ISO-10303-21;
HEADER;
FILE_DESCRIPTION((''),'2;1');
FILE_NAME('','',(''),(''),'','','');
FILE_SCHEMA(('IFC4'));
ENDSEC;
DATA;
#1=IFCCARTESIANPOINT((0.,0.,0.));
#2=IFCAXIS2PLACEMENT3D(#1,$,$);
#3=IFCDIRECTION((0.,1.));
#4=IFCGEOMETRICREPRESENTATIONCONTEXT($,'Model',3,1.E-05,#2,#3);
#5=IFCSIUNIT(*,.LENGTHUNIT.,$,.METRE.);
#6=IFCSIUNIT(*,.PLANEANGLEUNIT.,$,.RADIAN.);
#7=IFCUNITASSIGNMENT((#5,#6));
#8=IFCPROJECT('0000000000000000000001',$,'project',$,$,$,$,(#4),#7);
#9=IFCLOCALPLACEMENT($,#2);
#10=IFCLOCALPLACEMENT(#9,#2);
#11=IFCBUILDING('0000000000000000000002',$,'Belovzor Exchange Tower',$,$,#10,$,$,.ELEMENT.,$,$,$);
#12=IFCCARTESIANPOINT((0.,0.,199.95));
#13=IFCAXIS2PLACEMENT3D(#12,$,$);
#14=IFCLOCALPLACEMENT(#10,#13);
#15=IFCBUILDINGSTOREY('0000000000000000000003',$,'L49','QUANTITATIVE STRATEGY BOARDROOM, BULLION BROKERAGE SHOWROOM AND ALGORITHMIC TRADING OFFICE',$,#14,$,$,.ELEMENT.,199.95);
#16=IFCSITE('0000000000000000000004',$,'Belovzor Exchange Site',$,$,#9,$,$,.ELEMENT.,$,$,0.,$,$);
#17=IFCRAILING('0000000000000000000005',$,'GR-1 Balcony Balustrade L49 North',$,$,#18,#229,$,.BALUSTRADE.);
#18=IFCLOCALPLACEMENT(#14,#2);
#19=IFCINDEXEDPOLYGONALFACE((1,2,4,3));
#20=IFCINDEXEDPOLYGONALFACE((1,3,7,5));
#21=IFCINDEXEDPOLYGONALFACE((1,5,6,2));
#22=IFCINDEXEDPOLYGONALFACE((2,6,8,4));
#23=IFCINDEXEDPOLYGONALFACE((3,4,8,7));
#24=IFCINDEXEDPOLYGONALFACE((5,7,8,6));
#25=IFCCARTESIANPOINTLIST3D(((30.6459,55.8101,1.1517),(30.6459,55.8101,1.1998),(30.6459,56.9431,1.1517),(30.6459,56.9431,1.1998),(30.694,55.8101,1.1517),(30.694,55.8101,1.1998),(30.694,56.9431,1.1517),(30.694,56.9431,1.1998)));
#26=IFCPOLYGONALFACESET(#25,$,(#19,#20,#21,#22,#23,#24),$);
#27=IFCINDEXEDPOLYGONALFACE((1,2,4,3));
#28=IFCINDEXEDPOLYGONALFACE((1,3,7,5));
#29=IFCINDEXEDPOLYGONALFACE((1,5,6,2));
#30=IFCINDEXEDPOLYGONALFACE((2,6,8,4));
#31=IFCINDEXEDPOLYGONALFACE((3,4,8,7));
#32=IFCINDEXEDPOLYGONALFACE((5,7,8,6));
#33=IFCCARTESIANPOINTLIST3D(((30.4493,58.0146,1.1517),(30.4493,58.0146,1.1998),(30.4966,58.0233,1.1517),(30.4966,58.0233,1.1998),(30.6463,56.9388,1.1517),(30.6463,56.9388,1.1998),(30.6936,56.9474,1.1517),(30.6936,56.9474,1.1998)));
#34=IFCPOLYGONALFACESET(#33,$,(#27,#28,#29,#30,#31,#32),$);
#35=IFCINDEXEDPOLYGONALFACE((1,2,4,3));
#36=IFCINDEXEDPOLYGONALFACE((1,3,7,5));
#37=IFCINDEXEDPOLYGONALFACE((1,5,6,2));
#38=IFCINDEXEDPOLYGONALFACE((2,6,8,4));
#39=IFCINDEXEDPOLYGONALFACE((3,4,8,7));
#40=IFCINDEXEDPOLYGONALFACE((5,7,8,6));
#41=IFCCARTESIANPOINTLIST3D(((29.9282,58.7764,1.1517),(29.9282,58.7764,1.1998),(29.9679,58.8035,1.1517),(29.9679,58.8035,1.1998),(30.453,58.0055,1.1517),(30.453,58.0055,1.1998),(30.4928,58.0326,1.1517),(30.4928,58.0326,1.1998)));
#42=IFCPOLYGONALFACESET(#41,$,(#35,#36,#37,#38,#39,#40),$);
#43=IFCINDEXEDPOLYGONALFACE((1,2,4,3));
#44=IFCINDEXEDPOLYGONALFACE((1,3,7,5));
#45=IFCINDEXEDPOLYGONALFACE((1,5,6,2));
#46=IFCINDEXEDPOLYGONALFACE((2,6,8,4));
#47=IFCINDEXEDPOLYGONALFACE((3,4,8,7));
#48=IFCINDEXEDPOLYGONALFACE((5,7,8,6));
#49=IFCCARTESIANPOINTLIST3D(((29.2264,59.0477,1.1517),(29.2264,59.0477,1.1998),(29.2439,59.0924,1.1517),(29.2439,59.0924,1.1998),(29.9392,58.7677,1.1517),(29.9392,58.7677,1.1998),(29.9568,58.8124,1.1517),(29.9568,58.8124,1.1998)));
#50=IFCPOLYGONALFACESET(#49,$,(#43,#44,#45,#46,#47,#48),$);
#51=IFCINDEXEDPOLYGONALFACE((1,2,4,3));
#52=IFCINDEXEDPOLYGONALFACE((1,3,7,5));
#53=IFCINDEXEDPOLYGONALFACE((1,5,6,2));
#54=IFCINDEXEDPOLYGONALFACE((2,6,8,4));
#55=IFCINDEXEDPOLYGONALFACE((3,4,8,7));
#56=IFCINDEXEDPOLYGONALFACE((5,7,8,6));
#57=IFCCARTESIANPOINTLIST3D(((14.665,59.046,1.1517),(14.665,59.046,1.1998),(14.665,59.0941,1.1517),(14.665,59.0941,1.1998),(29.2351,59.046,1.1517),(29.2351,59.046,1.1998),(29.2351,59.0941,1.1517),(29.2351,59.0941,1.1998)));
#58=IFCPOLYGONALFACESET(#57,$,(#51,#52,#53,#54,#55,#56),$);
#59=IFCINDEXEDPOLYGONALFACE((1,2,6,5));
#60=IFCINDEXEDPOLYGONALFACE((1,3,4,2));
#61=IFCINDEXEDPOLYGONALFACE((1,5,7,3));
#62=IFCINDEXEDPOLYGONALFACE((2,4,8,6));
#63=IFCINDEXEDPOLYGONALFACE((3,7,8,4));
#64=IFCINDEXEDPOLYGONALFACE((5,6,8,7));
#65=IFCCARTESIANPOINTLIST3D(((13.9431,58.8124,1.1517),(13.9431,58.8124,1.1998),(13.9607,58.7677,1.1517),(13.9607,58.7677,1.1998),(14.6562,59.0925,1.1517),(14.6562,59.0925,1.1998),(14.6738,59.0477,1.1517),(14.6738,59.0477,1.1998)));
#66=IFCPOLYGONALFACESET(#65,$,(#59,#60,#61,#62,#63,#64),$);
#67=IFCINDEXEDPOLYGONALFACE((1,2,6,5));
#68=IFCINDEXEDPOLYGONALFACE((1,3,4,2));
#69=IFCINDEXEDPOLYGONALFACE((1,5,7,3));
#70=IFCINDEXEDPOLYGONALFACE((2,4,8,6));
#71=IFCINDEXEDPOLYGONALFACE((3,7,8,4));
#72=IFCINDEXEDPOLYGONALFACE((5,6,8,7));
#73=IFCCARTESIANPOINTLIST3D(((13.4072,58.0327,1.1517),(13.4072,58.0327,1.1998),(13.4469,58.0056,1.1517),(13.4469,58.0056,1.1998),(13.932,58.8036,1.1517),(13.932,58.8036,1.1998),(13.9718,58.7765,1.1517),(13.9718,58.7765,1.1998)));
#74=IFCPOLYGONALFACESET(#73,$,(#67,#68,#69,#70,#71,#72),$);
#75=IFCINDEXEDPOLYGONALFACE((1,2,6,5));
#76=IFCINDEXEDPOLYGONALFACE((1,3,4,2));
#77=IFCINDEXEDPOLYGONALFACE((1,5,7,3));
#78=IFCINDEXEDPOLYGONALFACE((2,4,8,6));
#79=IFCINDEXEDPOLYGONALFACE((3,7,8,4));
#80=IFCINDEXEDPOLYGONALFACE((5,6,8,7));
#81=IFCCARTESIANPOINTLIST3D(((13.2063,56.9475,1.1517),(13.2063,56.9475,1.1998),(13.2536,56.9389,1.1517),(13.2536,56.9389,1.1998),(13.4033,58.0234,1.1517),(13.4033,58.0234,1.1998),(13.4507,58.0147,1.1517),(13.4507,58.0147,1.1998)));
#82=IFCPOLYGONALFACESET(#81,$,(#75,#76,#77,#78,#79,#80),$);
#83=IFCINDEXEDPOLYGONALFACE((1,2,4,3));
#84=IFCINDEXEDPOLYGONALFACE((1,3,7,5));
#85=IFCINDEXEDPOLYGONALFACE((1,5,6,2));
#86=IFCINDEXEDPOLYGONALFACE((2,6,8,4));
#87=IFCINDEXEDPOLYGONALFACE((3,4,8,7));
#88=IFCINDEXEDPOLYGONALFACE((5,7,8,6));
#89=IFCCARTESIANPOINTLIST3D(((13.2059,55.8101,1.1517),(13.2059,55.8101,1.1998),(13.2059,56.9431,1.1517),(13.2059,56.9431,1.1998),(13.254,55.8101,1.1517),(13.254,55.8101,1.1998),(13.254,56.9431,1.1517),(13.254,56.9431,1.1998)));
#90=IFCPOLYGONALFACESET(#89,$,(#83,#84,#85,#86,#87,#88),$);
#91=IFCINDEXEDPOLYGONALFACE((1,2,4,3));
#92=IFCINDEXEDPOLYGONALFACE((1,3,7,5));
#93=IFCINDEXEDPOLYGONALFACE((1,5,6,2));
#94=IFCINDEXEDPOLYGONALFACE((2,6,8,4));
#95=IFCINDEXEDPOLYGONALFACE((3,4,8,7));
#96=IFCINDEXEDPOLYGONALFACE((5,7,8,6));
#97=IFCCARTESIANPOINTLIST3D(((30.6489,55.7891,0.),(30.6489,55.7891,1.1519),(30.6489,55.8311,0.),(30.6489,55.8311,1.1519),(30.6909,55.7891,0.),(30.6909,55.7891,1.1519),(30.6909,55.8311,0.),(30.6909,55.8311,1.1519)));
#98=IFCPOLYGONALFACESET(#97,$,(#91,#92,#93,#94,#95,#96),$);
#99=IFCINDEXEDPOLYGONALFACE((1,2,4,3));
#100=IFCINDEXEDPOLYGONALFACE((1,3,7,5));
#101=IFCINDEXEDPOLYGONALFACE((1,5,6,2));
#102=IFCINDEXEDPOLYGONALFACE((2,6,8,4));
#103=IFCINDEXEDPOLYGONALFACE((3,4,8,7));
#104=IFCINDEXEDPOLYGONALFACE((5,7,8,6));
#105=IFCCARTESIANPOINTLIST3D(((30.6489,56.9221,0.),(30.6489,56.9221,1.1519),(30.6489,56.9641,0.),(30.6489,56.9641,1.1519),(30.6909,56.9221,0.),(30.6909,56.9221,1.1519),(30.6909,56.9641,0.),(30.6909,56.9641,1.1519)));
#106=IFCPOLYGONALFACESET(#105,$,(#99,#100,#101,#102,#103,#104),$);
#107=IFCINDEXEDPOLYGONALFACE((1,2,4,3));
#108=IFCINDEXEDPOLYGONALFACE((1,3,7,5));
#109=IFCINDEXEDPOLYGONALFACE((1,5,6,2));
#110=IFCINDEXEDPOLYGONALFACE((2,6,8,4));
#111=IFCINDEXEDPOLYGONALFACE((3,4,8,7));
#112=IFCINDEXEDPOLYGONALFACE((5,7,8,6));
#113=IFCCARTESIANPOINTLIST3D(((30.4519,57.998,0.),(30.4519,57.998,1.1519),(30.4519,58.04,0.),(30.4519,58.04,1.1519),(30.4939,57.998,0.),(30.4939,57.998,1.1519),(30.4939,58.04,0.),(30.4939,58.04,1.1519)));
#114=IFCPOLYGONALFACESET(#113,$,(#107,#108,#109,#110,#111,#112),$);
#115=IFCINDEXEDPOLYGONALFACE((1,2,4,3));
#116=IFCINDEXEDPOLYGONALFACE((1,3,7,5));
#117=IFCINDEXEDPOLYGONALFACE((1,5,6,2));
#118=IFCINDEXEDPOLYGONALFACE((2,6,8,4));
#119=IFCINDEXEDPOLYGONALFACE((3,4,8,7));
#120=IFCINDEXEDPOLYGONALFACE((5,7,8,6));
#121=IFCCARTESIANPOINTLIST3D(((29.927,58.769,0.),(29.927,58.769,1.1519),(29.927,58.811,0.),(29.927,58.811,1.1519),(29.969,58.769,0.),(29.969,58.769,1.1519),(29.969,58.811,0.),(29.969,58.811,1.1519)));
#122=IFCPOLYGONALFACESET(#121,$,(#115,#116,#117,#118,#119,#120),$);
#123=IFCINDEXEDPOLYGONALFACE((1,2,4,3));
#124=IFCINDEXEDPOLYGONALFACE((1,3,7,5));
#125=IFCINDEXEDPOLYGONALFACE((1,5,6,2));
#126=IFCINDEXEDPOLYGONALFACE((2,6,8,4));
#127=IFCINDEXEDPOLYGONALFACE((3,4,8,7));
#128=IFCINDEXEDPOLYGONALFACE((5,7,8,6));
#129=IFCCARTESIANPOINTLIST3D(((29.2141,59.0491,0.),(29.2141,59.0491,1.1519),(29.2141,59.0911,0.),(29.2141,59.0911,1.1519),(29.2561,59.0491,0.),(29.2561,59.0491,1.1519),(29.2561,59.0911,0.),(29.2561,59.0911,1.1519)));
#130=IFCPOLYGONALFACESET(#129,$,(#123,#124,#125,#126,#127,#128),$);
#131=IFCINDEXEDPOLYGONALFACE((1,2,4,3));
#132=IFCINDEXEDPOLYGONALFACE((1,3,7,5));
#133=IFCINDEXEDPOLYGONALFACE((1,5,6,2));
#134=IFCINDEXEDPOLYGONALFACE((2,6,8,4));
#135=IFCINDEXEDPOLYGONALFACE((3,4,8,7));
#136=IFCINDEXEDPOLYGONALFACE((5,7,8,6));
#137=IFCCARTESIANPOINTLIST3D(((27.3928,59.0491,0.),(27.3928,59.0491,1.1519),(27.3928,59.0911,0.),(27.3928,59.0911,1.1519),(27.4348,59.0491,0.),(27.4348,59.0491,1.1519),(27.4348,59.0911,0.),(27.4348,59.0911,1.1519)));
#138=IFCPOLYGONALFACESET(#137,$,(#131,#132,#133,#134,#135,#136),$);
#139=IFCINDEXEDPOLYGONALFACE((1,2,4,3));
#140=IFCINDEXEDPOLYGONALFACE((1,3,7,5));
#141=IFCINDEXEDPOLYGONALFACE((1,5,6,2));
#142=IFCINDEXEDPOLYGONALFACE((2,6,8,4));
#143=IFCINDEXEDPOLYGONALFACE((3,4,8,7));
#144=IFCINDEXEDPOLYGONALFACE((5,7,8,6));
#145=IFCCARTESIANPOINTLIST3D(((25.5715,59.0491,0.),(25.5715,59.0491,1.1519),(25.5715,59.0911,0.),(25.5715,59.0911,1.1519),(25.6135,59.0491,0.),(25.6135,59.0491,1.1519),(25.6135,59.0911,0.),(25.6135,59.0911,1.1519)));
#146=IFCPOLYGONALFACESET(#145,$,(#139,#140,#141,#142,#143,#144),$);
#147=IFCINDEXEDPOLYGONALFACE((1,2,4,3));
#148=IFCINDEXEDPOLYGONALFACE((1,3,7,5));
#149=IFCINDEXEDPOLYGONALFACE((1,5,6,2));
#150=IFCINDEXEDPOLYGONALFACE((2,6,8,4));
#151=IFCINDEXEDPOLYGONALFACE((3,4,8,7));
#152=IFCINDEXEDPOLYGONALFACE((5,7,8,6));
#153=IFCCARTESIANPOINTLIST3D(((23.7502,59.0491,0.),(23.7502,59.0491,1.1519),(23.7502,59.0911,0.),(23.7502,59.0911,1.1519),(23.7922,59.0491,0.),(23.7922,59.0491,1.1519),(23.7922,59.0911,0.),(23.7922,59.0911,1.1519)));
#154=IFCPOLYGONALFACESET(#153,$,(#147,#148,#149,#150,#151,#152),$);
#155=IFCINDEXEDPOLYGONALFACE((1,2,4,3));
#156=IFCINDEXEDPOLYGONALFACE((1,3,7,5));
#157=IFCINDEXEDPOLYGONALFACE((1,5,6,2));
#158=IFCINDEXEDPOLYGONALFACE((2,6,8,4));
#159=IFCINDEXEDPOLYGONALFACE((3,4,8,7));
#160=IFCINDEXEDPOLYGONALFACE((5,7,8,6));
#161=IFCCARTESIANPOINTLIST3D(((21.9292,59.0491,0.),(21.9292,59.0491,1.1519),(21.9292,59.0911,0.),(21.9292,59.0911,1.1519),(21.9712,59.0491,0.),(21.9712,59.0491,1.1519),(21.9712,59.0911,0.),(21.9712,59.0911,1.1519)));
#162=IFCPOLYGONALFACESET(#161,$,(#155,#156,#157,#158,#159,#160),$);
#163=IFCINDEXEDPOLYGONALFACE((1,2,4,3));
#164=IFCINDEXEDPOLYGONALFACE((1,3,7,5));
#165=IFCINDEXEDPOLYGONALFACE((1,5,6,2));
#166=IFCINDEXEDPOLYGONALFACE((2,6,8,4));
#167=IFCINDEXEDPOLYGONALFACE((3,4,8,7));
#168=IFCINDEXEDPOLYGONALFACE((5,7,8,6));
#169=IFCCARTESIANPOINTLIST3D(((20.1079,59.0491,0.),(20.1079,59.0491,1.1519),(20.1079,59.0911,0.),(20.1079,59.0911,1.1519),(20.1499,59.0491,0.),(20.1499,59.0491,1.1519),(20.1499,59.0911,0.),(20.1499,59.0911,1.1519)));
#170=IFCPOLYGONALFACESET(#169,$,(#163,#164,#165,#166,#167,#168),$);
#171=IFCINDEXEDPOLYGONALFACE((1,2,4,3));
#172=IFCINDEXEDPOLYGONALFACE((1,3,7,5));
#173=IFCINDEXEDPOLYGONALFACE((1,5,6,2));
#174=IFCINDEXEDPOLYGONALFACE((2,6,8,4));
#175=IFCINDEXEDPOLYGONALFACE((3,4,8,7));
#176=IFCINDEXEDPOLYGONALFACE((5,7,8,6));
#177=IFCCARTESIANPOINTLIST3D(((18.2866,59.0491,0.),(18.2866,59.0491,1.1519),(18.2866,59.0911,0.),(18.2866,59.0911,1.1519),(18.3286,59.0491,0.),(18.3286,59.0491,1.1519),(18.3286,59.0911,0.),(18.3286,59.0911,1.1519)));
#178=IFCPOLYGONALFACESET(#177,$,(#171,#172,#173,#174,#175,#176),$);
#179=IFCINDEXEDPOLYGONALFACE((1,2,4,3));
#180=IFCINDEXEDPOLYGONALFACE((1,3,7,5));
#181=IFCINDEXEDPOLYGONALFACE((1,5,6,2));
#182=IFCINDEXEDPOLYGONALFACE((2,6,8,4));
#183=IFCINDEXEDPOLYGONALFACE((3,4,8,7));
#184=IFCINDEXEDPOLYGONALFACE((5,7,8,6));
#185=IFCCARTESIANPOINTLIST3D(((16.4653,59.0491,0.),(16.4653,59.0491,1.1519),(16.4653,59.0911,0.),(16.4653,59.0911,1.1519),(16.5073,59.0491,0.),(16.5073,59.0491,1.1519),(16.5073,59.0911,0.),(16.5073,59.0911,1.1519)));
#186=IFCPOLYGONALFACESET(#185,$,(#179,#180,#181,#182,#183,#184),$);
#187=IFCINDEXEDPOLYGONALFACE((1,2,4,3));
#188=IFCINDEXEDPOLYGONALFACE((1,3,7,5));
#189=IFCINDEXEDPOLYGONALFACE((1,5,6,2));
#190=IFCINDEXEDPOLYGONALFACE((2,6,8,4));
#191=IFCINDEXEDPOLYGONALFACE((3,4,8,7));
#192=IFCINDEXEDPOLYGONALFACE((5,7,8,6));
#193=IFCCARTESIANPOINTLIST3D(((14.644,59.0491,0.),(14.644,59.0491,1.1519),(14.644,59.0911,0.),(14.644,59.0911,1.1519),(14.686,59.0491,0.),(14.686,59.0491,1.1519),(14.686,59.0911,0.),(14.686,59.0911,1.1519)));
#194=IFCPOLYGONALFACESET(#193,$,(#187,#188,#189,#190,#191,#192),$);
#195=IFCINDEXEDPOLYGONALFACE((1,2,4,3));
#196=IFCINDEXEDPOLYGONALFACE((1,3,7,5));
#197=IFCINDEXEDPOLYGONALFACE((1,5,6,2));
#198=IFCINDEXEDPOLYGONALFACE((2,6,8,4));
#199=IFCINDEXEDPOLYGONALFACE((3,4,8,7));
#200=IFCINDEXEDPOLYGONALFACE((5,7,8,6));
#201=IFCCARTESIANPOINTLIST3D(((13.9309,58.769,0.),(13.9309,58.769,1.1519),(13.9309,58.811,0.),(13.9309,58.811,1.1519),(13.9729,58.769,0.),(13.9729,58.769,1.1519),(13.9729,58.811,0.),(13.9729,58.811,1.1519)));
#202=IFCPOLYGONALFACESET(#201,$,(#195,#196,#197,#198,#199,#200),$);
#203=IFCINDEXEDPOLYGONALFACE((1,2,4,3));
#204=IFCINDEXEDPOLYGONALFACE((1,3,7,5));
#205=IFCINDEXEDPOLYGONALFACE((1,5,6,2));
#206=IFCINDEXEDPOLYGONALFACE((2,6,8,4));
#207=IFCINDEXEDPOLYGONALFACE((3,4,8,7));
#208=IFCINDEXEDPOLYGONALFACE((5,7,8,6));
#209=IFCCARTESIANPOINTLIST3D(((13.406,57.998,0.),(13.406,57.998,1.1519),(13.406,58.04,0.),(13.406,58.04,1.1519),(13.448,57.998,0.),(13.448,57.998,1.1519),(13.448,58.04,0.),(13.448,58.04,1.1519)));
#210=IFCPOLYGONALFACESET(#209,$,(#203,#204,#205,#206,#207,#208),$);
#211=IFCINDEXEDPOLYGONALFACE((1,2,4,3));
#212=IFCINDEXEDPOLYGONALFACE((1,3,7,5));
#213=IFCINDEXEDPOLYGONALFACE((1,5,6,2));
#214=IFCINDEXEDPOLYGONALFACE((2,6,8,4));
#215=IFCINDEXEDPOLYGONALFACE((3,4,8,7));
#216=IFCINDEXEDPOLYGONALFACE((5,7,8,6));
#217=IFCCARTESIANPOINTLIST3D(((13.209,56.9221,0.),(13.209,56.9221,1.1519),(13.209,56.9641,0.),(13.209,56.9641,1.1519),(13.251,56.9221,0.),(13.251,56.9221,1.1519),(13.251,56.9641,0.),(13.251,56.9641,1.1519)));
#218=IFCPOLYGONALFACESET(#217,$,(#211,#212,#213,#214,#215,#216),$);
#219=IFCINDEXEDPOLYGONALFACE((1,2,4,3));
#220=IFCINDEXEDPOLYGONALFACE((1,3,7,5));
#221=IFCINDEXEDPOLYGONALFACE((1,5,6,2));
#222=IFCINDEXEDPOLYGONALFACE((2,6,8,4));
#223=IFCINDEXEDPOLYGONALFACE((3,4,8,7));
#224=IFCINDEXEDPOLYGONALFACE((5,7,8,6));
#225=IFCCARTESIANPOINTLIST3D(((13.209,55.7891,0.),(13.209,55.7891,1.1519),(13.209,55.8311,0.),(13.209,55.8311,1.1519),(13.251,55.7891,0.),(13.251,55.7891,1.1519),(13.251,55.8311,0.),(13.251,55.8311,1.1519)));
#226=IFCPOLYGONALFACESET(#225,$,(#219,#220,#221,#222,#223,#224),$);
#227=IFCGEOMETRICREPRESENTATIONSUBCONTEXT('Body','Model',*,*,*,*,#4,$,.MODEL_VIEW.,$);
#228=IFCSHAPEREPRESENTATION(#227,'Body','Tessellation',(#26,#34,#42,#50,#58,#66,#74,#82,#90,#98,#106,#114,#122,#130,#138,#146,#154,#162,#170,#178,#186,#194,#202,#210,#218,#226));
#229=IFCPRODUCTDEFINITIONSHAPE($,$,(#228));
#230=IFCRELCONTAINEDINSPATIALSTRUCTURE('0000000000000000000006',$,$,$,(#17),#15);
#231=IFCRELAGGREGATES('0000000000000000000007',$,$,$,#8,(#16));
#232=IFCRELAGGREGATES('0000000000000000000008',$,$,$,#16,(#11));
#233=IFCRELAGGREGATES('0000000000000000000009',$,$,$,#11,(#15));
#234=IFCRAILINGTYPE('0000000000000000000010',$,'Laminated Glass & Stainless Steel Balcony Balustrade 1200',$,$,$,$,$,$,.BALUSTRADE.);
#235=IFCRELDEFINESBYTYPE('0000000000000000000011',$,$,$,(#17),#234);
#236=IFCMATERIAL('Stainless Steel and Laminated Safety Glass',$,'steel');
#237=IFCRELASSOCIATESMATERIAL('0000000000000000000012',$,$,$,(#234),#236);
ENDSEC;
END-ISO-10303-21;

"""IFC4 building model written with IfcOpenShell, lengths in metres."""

from ifc_helpers import new_model, si_unit, direction, frame, origin, origin_2d, place, context, subcontext, project, spatial, rectangle, extrude, material, type_object, element, save


model = new_model("IFC4")

# Units and contexts
model_context = context("Model", 3, precision=1e-05, world=origin(), true_north=direction((0.0, 1.0)))
body_context = subcontext(model_context, "Body", "Model", "MODEL_VIEW")
ifc_project = project(units=[si_unit("LENGTHUNIT", "METRE"), si_unit("PLANEANGLEUNIT", "RADIAN")], contexts=[model_context])

# Site, building, storey
site_placement = place(None, origin())
site = spatial("IfcSite", under=ifc_project, at=site_placement, Name="Belovzor Exchange Site", CompositionType="ELEMENT", RefElevation=0.0)
building_placement = place(site_placement, origin())
building = spatial("IfcBuilding", under=site, at=building_placement, Name="Belovzor Exchange Tower", CompositionType="ELEMENT")
storey_placement = place(building_placement, frame((0.0, 0.0, 199.95)))
storey = spatial("IfcBuildingStorey", under=building, at=storey_placement, Name="L49", Description="QUANTITATIVE STRATEGY BOARDROOM, BULLION BROKERAGE SHOWROOM AND ALGORITHMIC TRADING OFFICE", CompositionType="ELEMENT", Elevation=199.95)

# Railing
ifc_material_1 = material(Name="Stainless Steel and Laminated Safety Glass", Category="steel")
railing_type = type_object("IfcRailingType", Name="Laminated Glass & Stainless Steel Balcony Balustrade 1200", PredefinedType="BALUSTRADE", material=ifc_material_1)
railing_placement = place(storey_placement, frame((30.6699, 55.8101, 0.0)))
element("IfcRailing", 1, at=railing_placement, inside=storey, type_object=railing_type, Name="GR-1 Balcony Balustrade L49 North", PredefinedType="BALUSTRADE", context=body_context, shape_type="SweptSolid", body=[
    extrude(rectangle(XDim=0.0481, YDim=0.0481, at=origin_2d()), frame((0.0, 0.0, 1.1758), z_axis=(0.0, 1.0, 0.0), x_axis=(-1.0, 0.0, 0.0)), (0.0, 0.0, 1.0), 1.1331),
    extrude(rectangle(XDim=0.0481, YDim=0.0481, at=origin_2d()), frame((0.0, 1.1331, 1.1758), z_axis=(-0.180123, 0.983644, 0.0), x_axis=(-0.983644, -0.180123, 0.0)), (0.0, 0.0, 1.0), 1.0938),
    extrude(rectangle(XDim=0.0481, YDim=0.0481, at=origin_2d()), frame((-0.197, 2.209, 1.1758), z_axis=(-0.562768, 0.826615, 0.0), x_axis=(-0.826615, -0.562768, 0.0)), (0.0, 0.0, 1.0), 0.9326),
    extrude(rectangle(XDim=0.0481, YDim=0.0481, at=origin_2d()), frame((-0.7219, 2.98, 1.1758), z_axis=(-0.930767, 0.365613, 0.0), x_axis=(-0.365613, -0.930767, 0.0)), (0.0, 0.0, 1.0), 0.7659),
    extrude(rectangle(XDim=0.0481, YDim=0.0481, at=origin_2d()), frame((-1.4348, 3.26, 1.1758), z_axis=(-1.0, 0.0, 0.0), x_axis=(0.0, -1.0, 0.0)), (0.0, 0.0, 1.0), 14.5701),
    extrude(rectangle(XDim=0.0481, YDim=0.0481, at=origin_2d()), frame((-16.0049, 3.26, 1.1758), z_axis=(-0.93081, -0.365504, 0.0), x_axis=(0.365504, -0.93081, 0.0)), (0.0, 0.0, 1.0), 0.7661),
    extrude(rectangle(XDim=0.0481, YDim=0.0481, at=origin_2d()), frame((-16.718, 2.98, 1.1758), z_axis=(-0.562768, -0.826615, 0.0), x_axis=(0.826615, -0.562768, 0.0)), (0.0, 0.0, 1.0), 0.9326),
    extrude(rectangle(XDim=0.0481, YDim=0.0481, at=origin_2d()), frame((-17.2429, 2.209, 1.1758), z_axis=(-0.180123, -0.983644, 0.0), x_axis=(0.983644, -0.180123, 0.0)), (0.0, 0.0, 1.0), 1.0938),
    extrude(rectangle(XDim=0.0481, YDim=0.0481, at=origin_2d()), frame((-17.4399, 1.1331, 1.1758), z_axis=(0.0, -1.0, 0.0), x_axis=(1.0, 0.0, 0.0)), (0.0, 0.0, 1.0), 1.1331),
    extrude(rectangle(XDim=0.042, YDim=0.042, at=origin_2d()), origin(), (0.0, 0.0, 1.0), 1.1519),
    extrude(rectangle(XDim=0.042, YDim=0.042, at=origin_2d()), frame((0.0, 1.1331, 0.0)), (0.0, 0.0, 1.0), 1.1519),
    extrude(rectangle(XDim=0.042, YDim=0.042, at=origin_2d()), frame((-0.197, 2.209, 0.0)), (0.0, 0.0, 1.0), 1.1519),
    extrude(rectangle(XDim=0.042, YDim=0.042, at=origin_2d()), frame((-0.7219, 2.98, 0.0)), (0.0, 0.0, 1.0), 1.1519),
    extrude(rectangle(XDim=0.042, YDim=0.042, at=origin_2d()), frame((-1.4348, 3.26, 0.0)), (0.0, 0.0, 1.0), 1.1519),
    extrude(rectangle(XDim=0.042, YDim=0.042, at=origin_2d()), frame((-3.2561, 3.26, 0.0)), (0.0, 0.0, 1.0), 1.1519),
    extrude(rectangle(XDim=0.042, YDim=0.042, at=origin_2d()), frame((-5.0774, 3.26, 0.0)), (0.0, 0.0, 1.0), 1.1519),
    extrude(rectangle(XDim=0.042, YDim=0.042, at=origin_2d()), frame((-6.8987, 3.26, 0.0)), (0.0, 0.0, 1.0), 1.1519),
    extrude(rectangle(XDim=0.042, YDim=0.042, at=origin_2d()), frame((-8.7197, 3.26, 0.0)), (0.0, 0.0, 1.0), 1.1519),
    extrude(rectangle(XDim=0.042, YDim=0.042, at=origin_2d()), frame((-10.541, 3.26, 0.0)), (0.0, 0.0, 1.0), 1.1519),
    extrude(rectangle(XDim=0.042, YDim=0.042, at=origin_2d()), frame((-12.3623, 3.26, 0.0)), (0.0, 0.0, 1.0), 1.1519),
    extrude(rectangle(XDim=0.042, YDim=0.042, at=origin_2d()), frame((-14.1836, 3.26, 0.0)), (0.0, 0.0, 1.0), 1.1519),
    extrude(rectangle(XDim=0.042, YDim=0.042, at=origin_2d()), frame((-16.0049, 3.26, 0.0)), (0.0, 0.0, 1.0), 1.1519),
    extrude(rectangle(XDim=0.042, YDim=0.042, at=origin_2d()), frame((-16.718, 2.98, 0.0)), (0.0, 0.0, 1.0), 1.1519),
    extrude(rectangle(XDim=0.042, YDim=0.042, at=origin_2d()), frame((-17.2429, 2.209, 0.0)), (0.0, 0.0, 1.0), 1.1519),
    extrude(rectangle(XDim=0.042, YDim=0.042, at=origin_2d()), frame((-17.4399, 1.1331, 0.0)), (0.0, 0.0, 1.0), 1.1519),
    extrude(rectangle(XDim=0.042, YDim=0.042, at=origin_2d()), frame((-17.4399, 0.0, 0.0)), (0.0, 0.0, 1.0), 1.1519),
])

save(model, "model.ifc")
